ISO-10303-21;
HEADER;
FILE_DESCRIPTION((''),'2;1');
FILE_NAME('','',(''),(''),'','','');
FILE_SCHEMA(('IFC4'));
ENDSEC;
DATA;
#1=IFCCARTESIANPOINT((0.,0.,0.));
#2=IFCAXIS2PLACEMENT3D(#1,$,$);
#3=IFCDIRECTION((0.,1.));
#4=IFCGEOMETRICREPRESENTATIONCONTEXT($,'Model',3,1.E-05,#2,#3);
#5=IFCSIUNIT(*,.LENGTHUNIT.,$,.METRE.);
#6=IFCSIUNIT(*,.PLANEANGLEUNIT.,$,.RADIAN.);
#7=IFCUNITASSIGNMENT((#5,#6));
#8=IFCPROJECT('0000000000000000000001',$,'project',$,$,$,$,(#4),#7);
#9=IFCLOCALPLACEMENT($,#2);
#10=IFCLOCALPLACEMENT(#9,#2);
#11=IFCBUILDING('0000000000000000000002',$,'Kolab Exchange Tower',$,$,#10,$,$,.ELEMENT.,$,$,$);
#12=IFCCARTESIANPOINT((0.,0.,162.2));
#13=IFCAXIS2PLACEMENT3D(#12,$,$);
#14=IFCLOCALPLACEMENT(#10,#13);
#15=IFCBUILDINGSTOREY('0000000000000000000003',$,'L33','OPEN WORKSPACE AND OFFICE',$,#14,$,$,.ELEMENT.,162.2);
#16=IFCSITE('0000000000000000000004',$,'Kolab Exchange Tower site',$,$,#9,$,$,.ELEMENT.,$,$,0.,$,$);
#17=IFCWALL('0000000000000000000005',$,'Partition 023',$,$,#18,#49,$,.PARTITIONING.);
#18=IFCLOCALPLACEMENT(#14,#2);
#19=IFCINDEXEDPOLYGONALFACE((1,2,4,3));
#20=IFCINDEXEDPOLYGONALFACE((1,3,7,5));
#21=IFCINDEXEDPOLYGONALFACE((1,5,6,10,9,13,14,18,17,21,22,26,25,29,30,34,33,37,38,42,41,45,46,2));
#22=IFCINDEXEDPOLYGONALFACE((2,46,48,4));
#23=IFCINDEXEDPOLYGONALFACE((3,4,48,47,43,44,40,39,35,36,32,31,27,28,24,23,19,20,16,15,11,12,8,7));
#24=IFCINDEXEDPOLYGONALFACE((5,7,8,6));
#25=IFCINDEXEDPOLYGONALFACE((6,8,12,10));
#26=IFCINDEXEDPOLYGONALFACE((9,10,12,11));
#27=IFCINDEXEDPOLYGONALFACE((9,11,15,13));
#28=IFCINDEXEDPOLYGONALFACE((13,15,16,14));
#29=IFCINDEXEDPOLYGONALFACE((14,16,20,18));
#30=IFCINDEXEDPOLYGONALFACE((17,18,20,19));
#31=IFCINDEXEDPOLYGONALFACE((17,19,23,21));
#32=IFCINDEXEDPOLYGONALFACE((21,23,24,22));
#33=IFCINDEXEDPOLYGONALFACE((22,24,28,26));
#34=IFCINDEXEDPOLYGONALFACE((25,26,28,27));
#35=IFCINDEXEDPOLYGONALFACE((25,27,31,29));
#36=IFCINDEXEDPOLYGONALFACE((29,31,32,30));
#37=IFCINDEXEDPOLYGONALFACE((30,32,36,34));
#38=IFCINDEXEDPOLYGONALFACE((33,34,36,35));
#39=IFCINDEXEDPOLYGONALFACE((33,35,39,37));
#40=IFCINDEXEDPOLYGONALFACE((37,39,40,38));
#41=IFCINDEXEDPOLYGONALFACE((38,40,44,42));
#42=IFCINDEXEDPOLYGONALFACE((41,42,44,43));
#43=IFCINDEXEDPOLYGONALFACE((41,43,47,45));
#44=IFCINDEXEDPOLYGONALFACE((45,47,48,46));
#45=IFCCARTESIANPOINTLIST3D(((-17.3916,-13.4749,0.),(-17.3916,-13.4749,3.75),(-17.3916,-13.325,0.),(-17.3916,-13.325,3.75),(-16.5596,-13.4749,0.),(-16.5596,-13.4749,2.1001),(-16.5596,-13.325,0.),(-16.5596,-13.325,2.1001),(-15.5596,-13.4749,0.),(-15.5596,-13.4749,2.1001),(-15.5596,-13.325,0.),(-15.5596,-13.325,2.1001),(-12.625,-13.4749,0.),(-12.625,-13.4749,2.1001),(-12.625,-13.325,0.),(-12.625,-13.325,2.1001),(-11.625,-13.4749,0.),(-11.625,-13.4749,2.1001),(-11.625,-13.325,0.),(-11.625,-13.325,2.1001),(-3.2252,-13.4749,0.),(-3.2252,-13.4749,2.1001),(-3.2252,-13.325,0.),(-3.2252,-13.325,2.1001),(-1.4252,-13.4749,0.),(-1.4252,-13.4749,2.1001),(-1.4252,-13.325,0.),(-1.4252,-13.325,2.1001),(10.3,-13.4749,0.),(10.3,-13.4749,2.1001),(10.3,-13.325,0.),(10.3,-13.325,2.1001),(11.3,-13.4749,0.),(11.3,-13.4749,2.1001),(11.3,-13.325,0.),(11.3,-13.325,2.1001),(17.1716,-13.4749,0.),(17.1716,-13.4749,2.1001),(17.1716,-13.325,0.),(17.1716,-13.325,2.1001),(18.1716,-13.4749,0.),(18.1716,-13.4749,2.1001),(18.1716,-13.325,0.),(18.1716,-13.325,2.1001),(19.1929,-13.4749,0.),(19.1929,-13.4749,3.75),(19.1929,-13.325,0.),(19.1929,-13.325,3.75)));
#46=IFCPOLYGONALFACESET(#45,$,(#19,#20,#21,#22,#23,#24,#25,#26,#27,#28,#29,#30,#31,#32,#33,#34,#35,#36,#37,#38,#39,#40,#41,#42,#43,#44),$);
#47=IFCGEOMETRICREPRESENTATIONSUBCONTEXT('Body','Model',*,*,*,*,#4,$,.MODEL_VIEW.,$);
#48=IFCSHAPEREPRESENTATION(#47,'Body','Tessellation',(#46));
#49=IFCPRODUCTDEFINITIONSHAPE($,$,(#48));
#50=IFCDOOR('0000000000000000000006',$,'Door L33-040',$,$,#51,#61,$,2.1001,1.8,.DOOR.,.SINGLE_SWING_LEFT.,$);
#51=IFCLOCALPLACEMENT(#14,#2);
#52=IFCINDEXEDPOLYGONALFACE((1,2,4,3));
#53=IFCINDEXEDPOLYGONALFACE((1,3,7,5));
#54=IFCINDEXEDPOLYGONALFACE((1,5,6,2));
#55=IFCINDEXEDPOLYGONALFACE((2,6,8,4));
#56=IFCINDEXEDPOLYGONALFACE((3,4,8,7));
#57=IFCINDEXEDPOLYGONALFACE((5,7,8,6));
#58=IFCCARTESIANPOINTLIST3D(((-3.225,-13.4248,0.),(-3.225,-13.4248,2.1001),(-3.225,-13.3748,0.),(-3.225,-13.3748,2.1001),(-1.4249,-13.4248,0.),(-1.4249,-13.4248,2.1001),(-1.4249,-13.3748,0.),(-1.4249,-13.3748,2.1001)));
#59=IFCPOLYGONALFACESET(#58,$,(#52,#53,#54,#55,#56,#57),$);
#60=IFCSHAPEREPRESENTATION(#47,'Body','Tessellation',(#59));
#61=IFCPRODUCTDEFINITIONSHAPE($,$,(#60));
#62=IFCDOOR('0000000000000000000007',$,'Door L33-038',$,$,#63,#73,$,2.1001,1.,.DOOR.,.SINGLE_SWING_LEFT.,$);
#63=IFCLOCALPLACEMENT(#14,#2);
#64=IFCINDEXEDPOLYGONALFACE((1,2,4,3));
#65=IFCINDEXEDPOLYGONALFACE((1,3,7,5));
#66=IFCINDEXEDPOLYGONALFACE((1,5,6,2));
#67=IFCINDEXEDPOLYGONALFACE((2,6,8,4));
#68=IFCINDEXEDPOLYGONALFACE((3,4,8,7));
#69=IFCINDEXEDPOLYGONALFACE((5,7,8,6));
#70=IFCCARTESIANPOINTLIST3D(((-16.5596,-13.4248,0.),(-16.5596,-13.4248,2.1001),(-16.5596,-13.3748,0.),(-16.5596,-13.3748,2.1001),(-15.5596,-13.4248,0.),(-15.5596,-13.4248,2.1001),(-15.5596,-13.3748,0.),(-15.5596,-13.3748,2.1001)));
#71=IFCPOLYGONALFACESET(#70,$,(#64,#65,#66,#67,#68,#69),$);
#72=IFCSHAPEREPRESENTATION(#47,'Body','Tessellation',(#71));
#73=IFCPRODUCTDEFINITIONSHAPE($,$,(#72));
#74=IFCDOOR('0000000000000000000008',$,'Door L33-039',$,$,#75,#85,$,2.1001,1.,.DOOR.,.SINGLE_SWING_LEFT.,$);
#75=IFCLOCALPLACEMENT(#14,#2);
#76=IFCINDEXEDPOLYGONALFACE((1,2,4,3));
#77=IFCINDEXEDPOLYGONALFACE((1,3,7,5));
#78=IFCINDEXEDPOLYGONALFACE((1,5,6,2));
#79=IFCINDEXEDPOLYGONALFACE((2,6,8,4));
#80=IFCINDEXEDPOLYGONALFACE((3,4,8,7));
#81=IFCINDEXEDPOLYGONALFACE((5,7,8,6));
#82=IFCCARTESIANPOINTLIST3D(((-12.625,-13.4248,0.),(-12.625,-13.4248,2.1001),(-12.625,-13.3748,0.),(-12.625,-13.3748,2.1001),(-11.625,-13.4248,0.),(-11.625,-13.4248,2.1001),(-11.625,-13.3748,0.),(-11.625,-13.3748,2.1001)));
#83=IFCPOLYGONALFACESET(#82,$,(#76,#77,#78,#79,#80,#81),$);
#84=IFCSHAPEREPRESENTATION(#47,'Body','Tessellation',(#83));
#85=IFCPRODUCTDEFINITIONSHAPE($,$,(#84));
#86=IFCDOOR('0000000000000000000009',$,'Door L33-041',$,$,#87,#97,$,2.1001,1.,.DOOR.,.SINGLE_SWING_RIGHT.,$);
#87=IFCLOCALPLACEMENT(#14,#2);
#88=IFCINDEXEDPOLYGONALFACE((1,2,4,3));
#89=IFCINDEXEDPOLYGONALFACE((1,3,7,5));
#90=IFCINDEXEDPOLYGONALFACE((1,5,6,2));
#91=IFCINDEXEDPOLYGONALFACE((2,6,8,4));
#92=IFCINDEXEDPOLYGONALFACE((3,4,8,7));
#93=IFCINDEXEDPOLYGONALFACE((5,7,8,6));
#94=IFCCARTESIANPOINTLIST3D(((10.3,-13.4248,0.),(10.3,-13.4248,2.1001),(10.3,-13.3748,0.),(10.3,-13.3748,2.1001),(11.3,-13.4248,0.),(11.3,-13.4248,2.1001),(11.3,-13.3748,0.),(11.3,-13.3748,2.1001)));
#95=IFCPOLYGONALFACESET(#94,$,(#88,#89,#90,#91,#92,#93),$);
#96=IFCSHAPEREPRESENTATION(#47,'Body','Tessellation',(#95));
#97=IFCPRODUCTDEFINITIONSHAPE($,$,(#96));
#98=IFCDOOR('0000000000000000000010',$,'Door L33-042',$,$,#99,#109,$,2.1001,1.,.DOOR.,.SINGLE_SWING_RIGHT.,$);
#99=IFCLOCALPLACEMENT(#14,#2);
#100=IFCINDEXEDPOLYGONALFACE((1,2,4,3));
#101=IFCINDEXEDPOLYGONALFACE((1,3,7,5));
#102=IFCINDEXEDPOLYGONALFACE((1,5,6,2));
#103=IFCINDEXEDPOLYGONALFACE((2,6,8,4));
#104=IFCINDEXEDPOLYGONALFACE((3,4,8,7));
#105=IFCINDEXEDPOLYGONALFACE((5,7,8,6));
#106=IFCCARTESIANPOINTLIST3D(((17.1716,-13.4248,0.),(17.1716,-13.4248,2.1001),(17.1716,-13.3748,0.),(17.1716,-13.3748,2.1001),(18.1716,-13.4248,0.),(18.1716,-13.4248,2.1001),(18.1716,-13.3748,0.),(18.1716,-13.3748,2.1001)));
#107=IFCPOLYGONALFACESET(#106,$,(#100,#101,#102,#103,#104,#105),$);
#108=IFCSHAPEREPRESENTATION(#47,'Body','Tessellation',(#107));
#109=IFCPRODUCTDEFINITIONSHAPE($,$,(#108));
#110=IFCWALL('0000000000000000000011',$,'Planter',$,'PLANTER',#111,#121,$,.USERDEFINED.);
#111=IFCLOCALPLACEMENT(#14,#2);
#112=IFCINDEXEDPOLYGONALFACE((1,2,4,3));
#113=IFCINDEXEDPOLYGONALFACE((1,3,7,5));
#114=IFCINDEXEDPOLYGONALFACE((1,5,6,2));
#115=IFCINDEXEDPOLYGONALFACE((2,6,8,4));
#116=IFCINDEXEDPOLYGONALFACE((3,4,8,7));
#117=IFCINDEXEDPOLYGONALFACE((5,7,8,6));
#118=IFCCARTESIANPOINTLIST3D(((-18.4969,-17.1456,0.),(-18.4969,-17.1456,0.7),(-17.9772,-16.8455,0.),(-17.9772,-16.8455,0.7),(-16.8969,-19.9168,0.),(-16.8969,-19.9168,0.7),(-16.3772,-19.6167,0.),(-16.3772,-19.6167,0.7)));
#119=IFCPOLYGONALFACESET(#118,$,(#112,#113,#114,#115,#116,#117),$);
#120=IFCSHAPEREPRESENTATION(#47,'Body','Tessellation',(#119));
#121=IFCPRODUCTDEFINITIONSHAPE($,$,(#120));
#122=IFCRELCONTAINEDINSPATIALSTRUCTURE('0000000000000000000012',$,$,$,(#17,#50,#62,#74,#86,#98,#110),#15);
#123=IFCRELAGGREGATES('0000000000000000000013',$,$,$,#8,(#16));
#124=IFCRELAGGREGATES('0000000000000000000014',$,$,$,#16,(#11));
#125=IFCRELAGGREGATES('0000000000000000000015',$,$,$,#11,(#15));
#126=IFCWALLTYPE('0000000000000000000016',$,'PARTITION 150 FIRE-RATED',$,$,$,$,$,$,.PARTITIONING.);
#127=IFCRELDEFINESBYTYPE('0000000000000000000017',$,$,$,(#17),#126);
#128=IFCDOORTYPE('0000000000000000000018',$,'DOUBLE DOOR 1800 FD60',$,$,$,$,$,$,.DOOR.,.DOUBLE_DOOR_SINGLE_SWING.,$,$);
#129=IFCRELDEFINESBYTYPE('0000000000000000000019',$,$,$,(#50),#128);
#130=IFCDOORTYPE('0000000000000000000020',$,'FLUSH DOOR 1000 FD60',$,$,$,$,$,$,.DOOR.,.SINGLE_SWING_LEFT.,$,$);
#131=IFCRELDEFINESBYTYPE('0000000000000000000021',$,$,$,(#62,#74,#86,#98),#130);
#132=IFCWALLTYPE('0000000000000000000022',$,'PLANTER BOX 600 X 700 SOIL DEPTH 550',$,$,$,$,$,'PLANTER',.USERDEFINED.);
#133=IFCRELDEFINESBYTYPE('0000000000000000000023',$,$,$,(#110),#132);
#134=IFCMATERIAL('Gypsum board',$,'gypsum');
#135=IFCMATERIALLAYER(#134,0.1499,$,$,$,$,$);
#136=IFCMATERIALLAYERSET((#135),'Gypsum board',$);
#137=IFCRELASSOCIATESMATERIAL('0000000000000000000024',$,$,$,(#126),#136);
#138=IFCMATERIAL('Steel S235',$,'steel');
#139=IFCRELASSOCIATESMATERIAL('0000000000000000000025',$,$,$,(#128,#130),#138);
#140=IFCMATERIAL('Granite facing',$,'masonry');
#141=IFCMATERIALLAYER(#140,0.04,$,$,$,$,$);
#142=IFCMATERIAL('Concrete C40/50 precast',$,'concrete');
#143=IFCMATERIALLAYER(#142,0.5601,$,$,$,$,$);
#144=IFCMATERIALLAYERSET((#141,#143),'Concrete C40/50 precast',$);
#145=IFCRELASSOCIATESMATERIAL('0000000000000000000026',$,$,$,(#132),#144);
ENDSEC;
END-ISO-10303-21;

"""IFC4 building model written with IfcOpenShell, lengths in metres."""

from ifc_helpers import new_model, si_unit, direction, frame, frame_2d, origin, place, context, subcontext, project, spatial, rectangle, extrude, material, layer, layer_set, type_object, element, fill, save


model = new_model("IFC4")

# Units and contexts
model_context = context("Model", 3, precision=1e-05, world=origin(), true_north=direction((0.0, 1.0)))
body_context = subcontext(model_context, "Body", "Model", "MODEL_VIEW")
ifc_project = project(units=[si_unit("LENGTHUNIT", "METRE"), si_unit("PLANEANGLEUNIT", "RADIAN")], contexts=[model_context])

# Site, building, storey
site_placement = place(None, origin())
site = spatial("IfcSite", under=ifc_project, at=site_placement, Name="Kolab Exchange Tower site", CompositionType="ELEMENT", RefElevation=0.0)
building_placement = place(site_placement, origin())
building = spatial("IfcBuilding", under=site, at=building_placement, Name="Kolab Exchange Tower", CompositionType="ELEMENT")
storey_placement = place(building_placement, frame((0.0, 0.0, 162.2)))
storey = spatial("IfcBuildingStorey", under=building, at=storey_placement, Name="L33", Description="OPEN WORKSPACE AND OFFICE", CompositionType="ELEMENT", Elevation=162.2)

# Shared definitions
ifc_material_1 = material(Name="Gypsum board", Category="gypsum")
ifc_layer_1 = layer(ifc_material_1, 0.1499)
ifc_layer_set_1 = layer_set([ifc_layer_1], Name="Gypsum board")
wall_type_1 = type_object("IfcWallType", Name="PARTITION 150 FIRE-RATED", PredefinedType="PARTITIONING", material=ifc_layer_set_1)

# Wall, openings, doors
wall_1_placement = place(storey_placement, frame((-17.3916, -13.3999, 0.0), z_axis=(0.0, 0.0, 1.0), x_axis=(1.0, 0.0, 0.0)))
wall_1 = element("IfcWall", 1, at=wall_1_placement, inside=storey, type_object=wall_type_1, Name="Partition 023", PredefinedType="PARTITIONING", context=body_context, shape_type="SweptSolid", body=[
    extrude(rectangle(XDim=36.5845, YDim=0.1499, at=frame_2d((18.2922, 0.0))), origin(), (0.0, 0.0, 1.0), 3.75),
])
opening_1_placement = place(wall_1_placement, frame((0.832, 0.0, 0.0)))
opening_1 = element("IfcOpeningElement", 2, at=opening_1_placement, cuts=wall_1, PredefinedType="OPENING", context=body_context, shape_type="SweptSolid", body=[
    extrude(rectangle(XDim=1.0, YDim=2.1001, at=frame_2d((0.5, 1.05))), frame((0.0, 0.085, 0.0), z_axis=(0.0, -1.0, 0.0), x_axis=(1.0, 0.0, 0.0)), (0.0, 0.0, 1.0), 0.1699),
])
opening_2_placement = place(wall_1_placement, frame((4.7666, 0.0, 0.0)))
opening_2 = element("IfcOpeningElement", 3, at=opening_2_placement, cuts=wall_1, PredefinedType="OPENING", context=body_context, shape_type="SweptSolid", body=[
    extrude(rectangle(XDim=1.0, YDim=2.1001, at=frame_2d((0.5, 1.05))), frame((0.0, 0.085, 0.0), z_axis=(0.0, -1.0, 0.0), x_axis=(1.0, 0.0, 0.0)), (0.0, 0.0, 1.0), 0.1699),
])
opening_3_placement = place(wall_1_placement, frame((14.1665, 0.0, 0.0)))
opening_3 = element("IfcOpeningElement", 4, at=opening_3_placement, cuts=wall_1, PredefinedType="OPENING", context=body_context, shape_type="SweptSolid", body=[
    extrude(rectangle(XDim=1.8, YDim=2.1001, at=frame_2d((0.8999, 1.05))), frame((0.0, 0.085, 0.0), z_axis=(0.0, -1.0, 0.0), x_axis=(1.0, 0.0, 0.0)), (0.0, 0.0, 1.0), 0.1699),
])
opening_4_placement = place(wall_1_placement, frame((27.6917, 0.0, 0.0)))
opening_4 = element("IfcOpeningElement", 5, at=opening_4_placement, cuts=wall_1, PredefinedType="OPENING", context=body_context, shape_type="SweptSolid", body=[
    extrude(rectangle(XDim=1.0, YDim=2.1001, at=frame_2d((0.5, 1.05))), frame((0.0, 0.085, 0.0), z_axis=(0.0, -1.0, 0.0), x_axis=(1.0, 0.0, 0.0)), (0.0, 0.0, 1.0), 0.1699),
])
opening_5_placement = place(wall_1_placement, frame((34.5632, 0.0, 0.0)))
opening_5 = element("IfcOpeningElement", 6, at=opening_5_placement, cuts=wall_1, PredefinedType="OPENING", context=body_context, shape_type="SweptSolid", body=[
    extrude(rectangle(XDim=1.0, YDim=2.1001, at=frame_2d((0.5, 1.05))), frame((0.0, 0.085, 0.0), z_axis=(0.0, -1.0, 0.0), x_axis=(1.0, 0.0, 0.0)), (0.0, 0.0, 1.0), 0.1699),
])
ifc_material_2 = material(Name="Steel S235", Category="steel")
door_type_1 = type_object("IfcDoorType", Name="DOUBLE DOOR 1800 FD60", OperationType="DOUBLE_DOOR_SINGLE_SWING", PredefinedType="DOOR", material=ifc_material_2)
door_1_placement = place(opening_3_placement, frame((1.8, 0.0, 0.0), z_axis=(0.0, 0.0, 1.0), x_axis=(-1.0, 0.0, 0.0)))
door_1 = element("IfcDoor", 7, at=door_1_placement, inside=storey, type_object=door_type_1, Name="Door L33-040", OperationType="SINGLE_SWING_LEFT", OverallHeight=2.1001, OverallWidth=1.8, PredefinedType="DOOR", context=body_context, shape_type="SweptSolid", body=[
    extrude(rectangle(XDim=1.8, YDim=2.1001, at=frame_2d((0.8999, 1.05))), frame((0.0, 0.0249, 0.0), z_axis=(0.0, -1.0, 0.0), x_axis=(1.0, 0.0, 0.0)), (0.0, 0.0, 1.0), 0.05),
])
fill(opening_3, door_1)
door_type_2 = type_object("IfcDoorType", Name="FLUSH DOOR 1000 FD60", OperationType="SINGLE_SWING_LEFT", PredefinedType="DOOR", material=ifc_material_2)
door_2_placement = place(opening_1_placement, frame((1.0, 0.0, 0.0), z_axis=(0.0, 0.0, 1.0), x_axis=(-1.0, 0.0, 0.0)))
door_2 = element("IfcDoor", 8, at=door_2_placement, inside=storey, type_object=door_type_2, Name="Door L33-038", OperationType="SINGLE_SWING_LEFT", OverallHeight=2.1001, OverallWidth=1.0, PredefinedType="DOOR", context=body_context, shape_type="SweptSolid", body=[
    extrude(rectangle(XDim=1.0, YDim=2.1001, at=frame_2d((0.5, 1.05))), frame((0.0, 0.0249, 0.0), z_axis=(0.0, -1.0, 0.0), x_axis=(1.0, 0.0, 0.0)), (0.0, 0.0, 1.0), 0.05),
])
fill(opening_1, door_2)
door_3_placement = place(opening_2_placement, frame((1.0, 0.0, 0.0), z_axis=(0.0, 0.0, 1.0), x_axis=(-1.0, 0.0, 0.0)))
door_3 = element("IfcDoor", 9, at=door_3_placement, inside=storey, type_object=door_type_2, Name="Door L33-039", OperationType="SINGLE_SWING_LEFT", OverallHeight=2.1001, OverallWidth=1.0, PredefinedType="DOOR", context=body_context, shape_type="SweptSolid", body=[
    extrude(rectangle(XDim=1.0, YDim=2.1001, at=frame_2d((0.5, 1.05))), frame((0.0, 0.0249, 0.0), z_axis=(0.0, -1.0, 0.0), x_axis=(1.0, 0.0, 0.0)), (0.0, 0.0, 1.0), 0.05),
])
fill(opening_2, door_3)
door_4_placement = place(opening_4_placement, frame((1.0, 0.0, 0.0), z_axis=(0.0, 0.0, 1.0), x_axis=(-1.0, 0.0, 0.0)))
door_4 = element("IfcDoor", 10, at=door_4_placement, inside=storey, type_object=door_type_2, Name="Door L33-041", OperationType="SINGLE_SWING_RIGHT", OverallHeight=2.1001, OverallWidth=1.0, PredefinedType="DOOR", context=body_context, shape_type="SweptSolid", body=[
    extrude(rectangle(XDim=1.0, YDim=2.1001, at=frame_2d((0.5, 1.05))), frame((0.0, 0.0249, 0.0), z_axis=(0.0, -1.0, 0.0), x_axis=(1.0, 0.0, 0.0)), (0.0, 0.0, 1.0), 0.05),
])
fill(opening_4, door_4)
door_5_placement = place(opening_5_placement, frame((1.0, 0.0, 0.0), z_axis=(0.0, 0.0, 1.0), x_axis=(-1.0, 0.0, 0.0)))
door_5 = element("IfcDoor", 11, at=door_5_placement, inside=storey, type_object=door_type_2, Name="Door L33-042", OperationType="SINGLE_SWING_RIGHT", OverallHeight=2.1001, OverallWidth=1.0, PredefinedType="DOOR", context=body_context, shape_type="SweptSolid", body=[
    extrude(rectangle(XDim=1.0, YDim=2.1001, at=frame_2d((0.5, 1.05))), frame((0.0, 0.0249, 0.0), z_axis=(0.0, -1.0, 0.0), x_axis=(1.0, 0.0, 0.0)), (0.0, 0.0, 1.0), 0.05),
])
fill(opening_5, door_5)

# Wall
ifc_material_3 = material(Name="Granite facing", Category="masonry")
ifc_layer_2 = layer(ifc_material_3, 0.04)
ifc_material_4 = material(Name="Concrete C40/50 precast", Category="concrete")
ifc_layer_3 = layer(ifc_material_4, 0.5601)
ifc_layer_set_2 = layer_set([ifc_layer_2, ifc_layer_3], Name="Concrete C40/50 precast")
wall_type_2 = type_object("IfcWallType", Name="PLANTER BOX 600 X 700 SOIL DEPTH 550", ElementType="PLANTER", PredefinedType="USERDEFINED", material=ifc_layer_set_2)
wall_2_placement = place(storey_placement, frame((-16.637, -19.7668, 0.0), z_axis=(0.0, 0.0, 1.0), x_axis=(-0.500028, 0.866009, 0.0)))
element("IfcWall", 12, at=wall_2_placement, inside=storey, type_object=wall_type_2, Name="Planter", ObjectType="PLANTER", PredefinedType="USERDEFINED", context=body_context, shape_type="SweptSolid", body=[
    extrude(rectangle(XDim=3.2, YDim=0.6001, at=frame_2d((1.6001, 0.0))), origin(), (0.0, 0.0, 1.0), 0.7),
])

save(model, "model.ifc")
